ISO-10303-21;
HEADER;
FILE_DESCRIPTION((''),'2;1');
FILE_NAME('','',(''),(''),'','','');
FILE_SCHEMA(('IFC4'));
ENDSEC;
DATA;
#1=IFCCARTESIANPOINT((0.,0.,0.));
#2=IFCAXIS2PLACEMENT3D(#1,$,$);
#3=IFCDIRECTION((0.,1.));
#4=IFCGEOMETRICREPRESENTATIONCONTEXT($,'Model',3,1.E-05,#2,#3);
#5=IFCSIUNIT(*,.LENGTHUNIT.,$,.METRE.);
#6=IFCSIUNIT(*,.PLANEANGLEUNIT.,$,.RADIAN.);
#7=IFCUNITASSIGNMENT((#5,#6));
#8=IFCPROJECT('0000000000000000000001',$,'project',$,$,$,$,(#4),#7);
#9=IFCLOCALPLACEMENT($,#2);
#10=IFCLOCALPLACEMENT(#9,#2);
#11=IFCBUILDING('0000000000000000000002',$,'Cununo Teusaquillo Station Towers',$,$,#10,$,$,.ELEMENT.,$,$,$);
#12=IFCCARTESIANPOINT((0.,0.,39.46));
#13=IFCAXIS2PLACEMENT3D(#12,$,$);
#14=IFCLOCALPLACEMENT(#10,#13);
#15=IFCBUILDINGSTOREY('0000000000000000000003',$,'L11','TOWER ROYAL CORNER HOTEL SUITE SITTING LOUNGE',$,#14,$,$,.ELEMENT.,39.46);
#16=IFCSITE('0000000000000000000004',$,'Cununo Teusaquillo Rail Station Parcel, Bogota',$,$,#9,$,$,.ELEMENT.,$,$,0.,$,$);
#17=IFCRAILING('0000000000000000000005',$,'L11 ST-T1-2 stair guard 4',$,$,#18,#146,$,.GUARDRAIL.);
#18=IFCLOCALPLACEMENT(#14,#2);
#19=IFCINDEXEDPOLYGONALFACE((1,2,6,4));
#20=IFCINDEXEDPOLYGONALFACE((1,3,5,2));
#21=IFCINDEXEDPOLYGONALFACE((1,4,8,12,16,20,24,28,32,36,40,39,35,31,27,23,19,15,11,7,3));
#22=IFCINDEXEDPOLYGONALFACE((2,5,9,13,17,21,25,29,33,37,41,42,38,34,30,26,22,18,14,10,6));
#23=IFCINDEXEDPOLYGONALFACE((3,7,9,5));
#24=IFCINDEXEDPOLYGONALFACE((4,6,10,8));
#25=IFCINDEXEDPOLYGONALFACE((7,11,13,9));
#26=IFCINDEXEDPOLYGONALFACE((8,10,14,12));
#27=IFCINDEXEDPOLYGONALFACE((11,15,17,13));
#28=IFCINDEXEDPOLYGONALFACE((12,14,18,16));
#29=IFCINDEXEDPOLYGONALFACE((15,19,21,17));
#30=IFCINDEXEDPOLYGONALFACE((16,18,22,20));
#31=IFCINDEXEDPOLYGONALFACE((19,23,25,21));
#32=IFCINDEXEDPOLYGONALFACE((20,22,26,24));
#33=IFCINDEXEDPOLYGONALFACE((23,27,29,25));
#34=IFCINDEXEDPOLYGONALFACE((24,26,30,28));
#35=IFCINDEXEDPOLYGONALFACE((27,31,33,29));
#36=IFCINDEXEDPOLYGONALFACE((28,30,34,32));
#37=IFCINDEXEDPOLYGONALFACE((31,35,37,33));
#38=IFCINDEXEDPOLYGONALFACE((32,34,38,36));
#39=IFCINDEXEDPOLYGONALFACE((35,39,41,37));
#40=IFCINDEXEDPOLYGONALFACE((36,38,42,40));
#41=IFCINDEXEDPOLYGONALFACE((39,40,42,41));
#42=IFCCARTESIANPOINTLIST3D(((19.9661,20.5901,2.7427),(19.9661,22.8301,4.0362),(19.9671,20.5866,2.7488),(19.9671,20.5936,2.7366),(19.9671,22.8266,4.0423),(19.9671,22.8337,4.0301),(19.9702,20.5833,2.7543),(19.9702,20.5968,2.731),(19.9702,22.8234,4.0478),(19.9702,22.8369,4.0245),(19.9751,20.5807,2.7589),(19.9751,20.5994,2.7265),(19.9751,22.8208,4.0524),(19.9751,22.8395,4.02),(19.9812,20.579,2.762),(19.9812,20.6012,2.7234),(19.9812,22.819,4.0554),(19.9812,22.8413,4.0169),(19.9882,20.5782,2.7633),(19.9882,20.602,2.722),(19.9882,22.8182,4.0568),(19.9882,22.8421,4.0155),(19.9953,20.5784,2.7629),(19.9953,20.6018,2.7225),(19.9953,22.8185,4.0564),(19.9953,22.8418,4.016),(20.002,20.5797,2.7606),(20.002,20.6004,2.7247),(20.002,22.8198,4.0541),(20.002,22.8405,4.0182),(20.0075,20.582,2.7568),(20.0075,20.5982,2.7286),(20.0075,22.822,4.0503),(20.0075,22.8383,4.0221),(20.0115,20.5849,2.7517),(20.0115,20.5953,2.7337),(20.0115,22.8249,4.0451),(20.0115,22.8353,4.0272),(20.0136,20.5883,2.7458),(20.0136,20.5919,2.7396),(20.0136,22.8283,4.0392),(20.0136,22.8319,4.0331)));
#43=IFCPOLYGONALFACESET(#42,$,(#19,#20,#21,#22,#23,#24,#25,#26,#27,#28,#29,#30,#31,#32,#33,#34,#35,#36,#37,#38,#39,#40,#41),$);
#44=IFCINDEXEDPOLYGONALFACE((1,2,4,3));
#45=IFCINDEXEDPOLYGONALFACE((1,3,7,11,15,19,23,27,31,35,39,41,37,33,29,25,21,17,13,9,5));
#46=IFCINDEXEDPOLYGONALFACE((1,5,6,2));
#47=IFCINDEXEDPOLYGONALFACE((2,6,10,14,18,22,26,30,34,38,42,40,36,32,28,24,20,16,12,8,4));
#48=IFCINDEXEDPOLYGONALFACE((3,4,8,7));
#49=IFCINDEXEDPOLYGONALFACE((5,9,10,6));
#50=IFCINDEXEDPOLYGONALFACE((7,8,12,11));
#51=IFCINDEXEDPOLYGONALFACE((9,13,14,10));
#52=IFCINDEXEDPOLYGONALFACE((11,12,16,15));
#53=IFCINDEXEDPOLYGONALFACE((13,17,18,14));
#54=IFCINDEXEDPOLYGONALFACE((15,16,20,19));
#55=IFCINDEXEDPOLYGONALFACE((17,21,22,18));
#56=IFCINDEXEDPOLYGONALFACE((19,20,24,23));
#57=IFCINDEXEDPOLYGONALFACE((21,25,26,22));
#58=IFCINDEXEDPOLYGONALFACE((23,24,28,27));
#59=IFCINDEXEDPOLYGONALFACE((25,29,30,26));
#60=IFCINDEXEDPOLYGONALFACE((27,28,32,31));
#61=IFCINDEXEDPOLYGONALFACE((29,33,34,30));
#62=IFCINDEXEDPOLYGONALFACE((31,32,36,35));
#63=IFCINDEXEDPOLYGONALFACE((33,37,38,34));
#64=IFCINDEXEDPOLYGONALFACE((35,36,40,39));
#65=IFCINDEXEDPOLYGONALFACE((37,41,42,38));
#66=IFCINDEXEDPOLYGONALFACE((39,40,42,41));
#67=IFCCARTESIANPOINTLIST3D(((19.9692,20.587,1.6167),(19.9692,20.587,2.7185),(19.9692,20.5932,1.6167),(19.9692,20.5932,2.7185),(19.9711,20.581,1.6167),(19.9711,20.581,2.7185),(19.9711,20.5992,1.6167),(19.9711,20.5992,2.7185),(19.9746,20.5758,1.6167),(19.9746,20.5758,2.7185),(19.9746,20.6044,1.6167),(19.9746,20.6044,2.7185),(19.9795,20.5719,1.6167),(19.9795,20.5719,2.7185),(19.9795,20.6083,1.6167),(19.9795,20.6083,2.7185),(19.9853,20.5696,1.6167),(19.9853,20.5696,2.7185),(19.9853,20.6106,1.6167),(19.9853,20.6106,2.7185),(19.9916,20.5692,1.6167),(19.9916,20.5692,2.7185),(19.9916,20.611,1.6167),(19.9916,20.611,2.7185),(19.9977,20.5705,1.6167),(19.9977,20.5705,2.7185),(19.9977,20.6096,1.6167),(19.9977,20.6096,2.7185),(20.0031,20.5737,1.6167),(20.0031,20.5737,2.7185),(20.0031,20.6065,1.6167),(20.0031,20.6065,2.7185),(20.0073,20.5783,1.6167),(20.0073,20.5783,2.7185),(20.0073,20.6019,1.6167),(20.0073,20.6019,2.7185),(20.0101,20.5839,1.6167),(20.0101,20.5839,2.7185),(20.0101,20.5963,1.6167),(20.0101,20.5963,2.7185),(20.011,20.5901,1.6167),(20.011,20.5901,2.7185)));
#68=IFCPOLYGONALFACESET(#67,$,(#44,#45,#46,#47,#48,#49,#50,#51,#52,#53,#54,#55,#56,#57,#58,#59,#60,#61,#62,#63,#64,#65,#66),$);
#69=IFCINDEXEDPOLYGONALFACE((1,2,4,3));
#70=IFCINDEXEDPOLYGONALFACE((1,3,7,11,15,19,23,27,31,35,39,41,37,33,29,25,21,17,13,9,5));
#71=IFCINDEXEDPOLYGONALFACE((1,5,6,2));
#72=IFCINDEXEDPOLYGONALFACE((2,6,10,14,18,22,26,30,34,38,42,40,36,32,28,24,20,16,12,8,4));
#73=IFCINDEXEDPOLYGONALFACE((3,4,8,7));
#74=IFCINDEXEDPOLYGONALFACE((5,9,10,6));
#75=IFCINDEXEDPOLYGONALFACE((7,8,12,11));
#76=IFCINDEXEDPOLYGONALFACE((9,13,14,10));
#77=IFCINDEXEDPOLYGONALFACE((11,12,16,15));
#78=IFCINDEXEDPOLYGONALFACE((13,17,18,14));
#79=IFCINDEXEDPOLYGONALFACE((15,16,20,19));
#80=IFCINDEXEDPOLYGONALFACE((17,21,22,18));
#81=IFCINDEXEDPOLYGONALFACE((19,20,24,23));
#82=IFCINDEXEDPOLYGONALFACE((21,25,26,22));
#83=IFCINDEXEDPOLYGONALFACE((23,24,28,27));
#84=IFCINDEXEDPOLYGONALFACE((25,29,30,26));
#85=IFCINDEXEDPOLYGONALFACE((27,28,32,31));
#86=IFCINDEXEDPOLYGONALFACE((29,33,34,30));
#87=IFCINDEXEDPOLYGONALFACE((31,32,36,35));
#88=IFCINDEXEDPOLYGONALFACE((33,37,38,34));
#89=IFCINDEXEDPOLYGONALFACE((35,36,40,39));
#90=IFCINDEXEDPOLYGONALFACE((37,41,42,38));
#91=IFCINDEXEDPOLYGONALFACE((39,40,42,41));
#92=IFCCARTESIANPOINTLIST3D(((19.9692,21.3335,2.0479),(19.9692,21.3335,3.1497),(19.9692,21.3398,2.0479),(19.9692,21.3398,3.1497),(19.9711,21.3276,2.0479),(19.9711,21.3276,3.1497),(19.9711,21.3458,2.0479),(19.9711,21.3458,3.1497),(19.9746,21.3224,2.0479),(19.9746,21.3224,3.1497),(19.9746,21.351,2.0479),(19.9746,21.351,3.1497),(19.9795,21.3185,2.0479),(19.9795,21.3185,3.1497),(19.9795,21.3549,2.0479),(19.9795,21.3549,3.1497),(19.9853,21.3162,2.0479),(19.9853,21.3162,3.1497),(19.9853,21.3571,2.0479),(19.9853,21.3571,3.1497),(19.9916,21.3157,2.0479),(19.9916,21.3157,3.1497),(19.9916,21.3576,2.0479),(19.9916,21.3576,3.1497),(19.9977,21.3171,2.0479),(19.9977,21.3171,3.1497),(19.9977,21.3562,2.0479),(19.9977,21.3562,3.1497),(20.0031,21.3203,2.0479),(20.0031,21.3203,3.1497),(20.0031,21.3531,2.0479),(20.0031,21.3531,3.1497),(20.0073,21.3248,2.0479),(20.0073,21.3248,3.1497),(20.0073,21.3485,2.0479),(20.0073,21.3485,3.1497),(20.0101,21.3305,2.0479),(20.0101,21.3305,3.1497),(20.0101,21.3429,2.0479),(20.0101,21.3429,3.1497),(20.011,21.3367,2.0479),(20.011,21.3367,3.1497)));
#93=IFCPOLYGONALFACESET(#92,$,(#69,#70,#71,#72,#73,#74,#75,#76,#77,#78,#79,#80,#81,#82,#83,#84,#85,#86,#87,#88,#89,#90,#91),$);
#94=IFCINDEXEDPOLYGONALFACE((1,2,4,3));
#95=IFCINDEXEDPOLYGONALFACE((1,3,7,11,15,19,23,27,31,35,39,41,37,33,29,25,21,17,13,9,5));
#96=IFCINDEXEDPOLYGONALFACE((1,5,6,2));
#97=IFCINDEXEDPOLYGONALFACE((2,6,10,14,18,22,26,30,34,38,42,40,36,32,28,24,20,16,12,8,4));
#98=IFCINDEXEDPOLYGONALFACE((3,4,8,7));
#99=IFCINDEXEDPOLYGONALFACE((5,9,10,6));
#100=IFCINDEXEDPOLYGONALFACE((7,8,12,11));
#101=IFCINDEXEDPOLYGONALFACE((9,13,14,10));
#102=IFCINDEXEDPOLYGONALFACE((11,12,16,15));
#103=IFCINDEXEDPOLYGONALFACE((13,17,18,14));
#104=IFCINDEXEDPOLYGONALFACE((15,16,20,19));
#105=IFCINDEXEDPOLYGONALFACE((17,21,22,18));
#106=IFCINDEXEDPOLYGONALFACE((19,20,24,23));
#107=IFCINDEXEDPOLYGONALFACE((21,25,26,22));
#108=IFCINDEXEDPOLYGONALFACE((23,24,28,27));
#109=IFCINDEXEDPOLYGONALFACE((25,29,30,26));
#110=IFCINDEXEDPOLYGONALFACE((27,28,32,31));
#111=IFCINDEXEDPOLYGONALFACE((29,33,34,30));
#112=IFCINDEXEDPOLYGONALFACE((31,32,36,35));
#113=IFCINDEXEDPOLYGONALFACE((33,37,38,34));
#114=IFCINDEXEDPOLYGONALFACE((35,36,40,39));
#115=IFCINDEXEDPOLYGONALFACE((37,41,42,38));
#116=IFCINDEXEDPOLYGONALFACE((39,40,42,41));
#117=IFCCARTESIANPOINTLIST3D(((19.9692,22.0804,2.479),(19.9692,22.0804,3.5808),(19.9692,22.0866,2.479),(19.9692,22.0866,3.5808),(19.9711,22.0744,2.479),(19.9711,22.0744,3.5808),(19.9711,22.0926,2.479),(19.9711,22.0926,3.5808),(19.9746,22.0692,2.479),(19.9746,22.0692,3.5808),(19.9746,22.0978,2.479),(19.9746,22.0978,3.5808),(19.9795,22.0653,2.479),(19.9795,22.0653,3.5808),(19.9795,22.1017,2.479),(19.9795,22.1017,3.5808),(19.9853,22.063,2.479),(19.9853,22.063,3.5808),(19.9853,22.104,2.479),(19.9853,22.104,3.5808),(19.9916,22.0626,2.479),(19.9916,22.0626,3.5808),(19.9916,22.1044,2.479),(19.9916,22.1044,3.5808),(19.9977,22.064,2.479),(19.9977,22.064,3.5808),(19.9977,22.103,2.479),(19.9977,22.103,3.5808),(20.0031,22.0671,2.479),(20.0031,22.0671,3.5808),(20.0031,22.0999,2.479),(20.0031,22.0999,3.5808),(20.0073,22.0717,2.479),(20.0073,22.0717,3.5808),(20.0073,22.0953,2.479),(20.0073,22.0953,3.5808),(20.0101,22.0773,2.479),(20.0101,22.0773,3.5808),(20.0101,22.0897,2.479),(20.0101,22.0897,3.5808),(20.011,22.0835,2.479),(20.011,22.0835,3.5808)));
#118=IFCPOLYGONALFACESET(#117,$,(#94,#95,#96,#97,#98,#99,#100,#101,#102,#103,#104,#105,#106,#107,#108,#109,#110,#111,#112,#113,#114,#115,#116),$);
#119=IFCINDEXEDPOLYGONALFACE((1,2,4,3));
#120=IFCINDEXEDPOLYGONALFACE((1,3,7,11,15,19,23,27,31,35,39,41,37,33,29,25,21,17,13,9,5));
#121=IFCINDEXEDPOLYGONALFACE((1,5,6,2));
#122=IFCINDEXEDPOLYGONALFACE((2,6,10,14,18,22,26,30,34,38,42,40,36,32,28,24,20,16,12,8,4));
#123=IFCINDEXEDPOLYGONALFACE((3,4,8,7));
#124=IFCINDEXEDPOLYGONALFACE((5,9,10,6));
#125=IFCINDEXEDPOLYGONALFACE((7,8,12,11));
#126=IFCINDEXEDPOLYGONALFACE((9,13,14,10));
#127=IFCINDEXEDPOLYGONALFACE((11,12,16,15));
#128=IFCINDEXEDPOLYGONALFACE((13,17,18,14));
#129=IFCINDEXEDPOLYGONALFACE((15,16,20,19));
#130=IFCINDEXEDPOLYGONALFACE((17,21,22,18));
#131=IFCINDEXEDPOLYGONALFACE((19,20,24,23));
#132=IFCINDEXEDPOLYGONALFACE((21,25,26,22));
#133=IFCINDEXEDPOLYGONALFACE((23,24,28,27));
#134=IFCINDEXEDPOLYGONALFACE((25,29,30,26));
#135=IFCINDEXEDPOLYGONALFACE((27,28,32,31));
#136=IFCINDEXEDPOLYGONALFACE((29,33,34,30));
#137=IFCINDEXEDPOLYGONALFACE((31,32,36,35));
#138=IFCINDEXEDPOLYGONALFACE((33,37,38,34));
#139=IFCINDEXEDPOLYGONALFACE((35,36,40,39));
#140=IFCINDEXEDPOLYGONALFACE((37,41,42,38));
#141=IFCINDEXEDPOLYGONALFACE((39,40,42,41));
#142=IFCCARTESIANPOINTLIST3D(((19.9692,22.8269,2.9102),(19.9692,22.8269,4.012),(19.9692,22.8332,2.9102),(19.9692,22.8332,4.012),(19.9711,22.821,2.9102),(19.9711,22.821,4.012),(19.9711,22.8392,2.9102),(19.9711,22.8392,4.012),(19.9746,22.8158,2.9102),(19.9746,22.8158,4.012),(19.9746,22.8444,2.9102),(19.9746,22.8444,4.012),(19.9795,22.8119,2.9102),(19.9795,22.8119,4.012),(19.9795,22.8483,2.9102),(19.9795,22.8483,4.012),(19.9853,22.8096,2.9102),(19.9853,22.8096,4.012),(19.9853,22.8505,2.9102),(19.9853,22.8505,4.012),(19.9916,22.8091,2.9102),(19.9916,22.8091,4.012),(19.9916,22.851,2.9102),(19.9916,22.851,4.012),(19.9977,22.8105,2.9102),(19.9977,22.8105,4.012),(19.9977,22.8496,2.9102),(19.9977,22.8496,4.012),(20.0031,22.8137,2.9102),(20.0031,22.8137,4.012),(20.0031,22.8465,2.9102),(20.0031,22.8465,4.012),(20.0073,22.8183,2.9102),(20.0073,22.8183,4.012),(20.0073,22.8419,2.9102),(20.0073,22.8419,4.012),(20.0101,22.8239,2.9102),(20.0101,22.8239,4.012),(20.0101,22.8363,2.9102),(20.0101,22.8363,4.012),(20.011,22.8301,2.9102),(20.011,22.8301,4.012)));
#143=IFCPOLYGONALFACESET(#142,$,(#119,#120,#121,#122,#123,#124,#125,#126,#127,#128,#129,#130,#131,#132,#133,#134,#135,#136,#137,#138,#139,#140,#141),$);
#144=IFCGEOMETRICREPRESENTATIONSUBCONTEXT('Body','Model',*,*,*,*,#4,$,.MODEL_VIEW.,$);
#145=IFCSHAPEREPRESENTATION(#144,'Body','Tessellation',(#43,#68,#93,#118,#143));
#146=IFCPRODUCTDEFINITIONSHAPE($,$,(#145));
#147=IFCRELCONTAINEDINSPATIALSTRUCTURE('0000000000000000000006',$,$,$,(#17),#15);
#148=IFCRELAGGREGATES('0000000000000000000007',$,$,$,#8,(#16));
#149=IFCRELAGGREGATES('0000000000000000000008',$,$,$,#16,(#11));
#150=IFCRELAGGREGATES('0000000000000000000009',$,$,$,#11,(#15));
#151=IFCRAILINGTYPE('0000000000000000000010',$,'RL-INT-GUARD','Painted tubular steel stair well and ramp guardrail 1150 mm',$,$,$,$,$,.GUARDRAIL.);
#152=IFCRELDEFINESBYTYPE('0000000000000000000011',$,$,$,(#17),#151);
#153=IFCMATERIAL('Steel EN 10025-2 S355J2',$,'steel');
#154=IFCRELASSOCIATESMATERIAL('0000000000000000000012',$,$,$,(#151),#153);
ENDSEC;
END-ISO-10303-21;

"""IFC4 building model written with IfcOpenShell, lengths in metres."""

from ifc_helpers import new_model, si_unit, direction, frame, origin, origin_2d, place, context, subcontext, project, spatial, circle, extrude, material, type_object, element, save


model = new_model("IFC4")

# Units and contexts
model_context = context("Model", 3, precision=1e-05, world=origin(), true_north=direction((0.0, 1.0)))
body_context = subcontext(model_context, "Body", "Model", "MODEL_VIEW")
ifc_project = project(units=[si_unit("LENGTHUNIT", "METRE"), si_unit("PLANEANGLEUNIT", "RADIAN")], contexts=[model_context])

# Site, building, storey
site_placement = place(None, origin())
site = spatial("IfcSite", under=ifc_project, at=site_placement, Name="Cununo Teusaquillo Rail Station Parcel, Bogota", CompositionType="ELEMENT", RefElevation=0.0)
building_placement = place(site_placement, origin())
building = spatial("IfcBuilding", under=site, at=building_placement, Name="Cununo Teusaquillo Station Towers", CompositionType="ELEMENT")
storey_placement = place(building_placement, frame((0.0, 0.0, 39.46)))
storey = spatial("IfcBuildingStorey", under=building, at=storey_placement, Name="L11", Description="TOWER ROYAL CORNER HOTEL SUITE SITTING LOUNGE", CompositionType="ELEMENT", Elevation=39.46)

# Railing
ifc_material_1 = material(Name="Steel EN 10025-2 S355J2", Category="steel")
railing_type_1 = type_object("IfcRailingType", Name="RL-INT-GUARD", Description="Painted tubular steel stair well and ramp guardrail 1150 mm", PredefinedType="GUARDRAIL", material=ifc_material_1)
railing_1_placement = place(storey_placement, frame((19.99, 20.5901, 1.6167)))
element("IfcRailing", 1, at=railing_1_placement, inside=storey, type_object=railing_type_1, Name="L11 ST-T1-2 stair guard 4", PredefinedType="GUARDRAIL", context=body_context, shape_type="SweptSolid", body=[
    extrude(circle(Radius=0.0239, at=origin_2d()), frame((0.0, 0.0, 1.126), z_axis=(0.0, 0.865992, 0.500057), x_axis=(-1.0, 0.0, 0.0)), (0.0, 0.0, 1.0), 2.5867),
    extrude(circle(Radius=0.021, at=origin_2d()), origin(), (0.0, 0.0, 1.0), 1.1018),
    extrude(circle(Radius=0.021, at=origin_2d()), frame((0.0, 0.7466, 0.4312)), (0.0, 0.0, 1.0), 1.1018),
    extrude(circle(Radius=0.021, at=origin_2d()), frame((0.0, 1.4934, 0.8623)), (0.0, 0.0, 1.0), 1.1018),
    extrude(circle(Radius=0.021, at=origin_2d()), frame((0.0, 2.24, 1.2935)), (0.0, 0.0, 1.0), 1.1018),
])

save(model, "model.ifc")
